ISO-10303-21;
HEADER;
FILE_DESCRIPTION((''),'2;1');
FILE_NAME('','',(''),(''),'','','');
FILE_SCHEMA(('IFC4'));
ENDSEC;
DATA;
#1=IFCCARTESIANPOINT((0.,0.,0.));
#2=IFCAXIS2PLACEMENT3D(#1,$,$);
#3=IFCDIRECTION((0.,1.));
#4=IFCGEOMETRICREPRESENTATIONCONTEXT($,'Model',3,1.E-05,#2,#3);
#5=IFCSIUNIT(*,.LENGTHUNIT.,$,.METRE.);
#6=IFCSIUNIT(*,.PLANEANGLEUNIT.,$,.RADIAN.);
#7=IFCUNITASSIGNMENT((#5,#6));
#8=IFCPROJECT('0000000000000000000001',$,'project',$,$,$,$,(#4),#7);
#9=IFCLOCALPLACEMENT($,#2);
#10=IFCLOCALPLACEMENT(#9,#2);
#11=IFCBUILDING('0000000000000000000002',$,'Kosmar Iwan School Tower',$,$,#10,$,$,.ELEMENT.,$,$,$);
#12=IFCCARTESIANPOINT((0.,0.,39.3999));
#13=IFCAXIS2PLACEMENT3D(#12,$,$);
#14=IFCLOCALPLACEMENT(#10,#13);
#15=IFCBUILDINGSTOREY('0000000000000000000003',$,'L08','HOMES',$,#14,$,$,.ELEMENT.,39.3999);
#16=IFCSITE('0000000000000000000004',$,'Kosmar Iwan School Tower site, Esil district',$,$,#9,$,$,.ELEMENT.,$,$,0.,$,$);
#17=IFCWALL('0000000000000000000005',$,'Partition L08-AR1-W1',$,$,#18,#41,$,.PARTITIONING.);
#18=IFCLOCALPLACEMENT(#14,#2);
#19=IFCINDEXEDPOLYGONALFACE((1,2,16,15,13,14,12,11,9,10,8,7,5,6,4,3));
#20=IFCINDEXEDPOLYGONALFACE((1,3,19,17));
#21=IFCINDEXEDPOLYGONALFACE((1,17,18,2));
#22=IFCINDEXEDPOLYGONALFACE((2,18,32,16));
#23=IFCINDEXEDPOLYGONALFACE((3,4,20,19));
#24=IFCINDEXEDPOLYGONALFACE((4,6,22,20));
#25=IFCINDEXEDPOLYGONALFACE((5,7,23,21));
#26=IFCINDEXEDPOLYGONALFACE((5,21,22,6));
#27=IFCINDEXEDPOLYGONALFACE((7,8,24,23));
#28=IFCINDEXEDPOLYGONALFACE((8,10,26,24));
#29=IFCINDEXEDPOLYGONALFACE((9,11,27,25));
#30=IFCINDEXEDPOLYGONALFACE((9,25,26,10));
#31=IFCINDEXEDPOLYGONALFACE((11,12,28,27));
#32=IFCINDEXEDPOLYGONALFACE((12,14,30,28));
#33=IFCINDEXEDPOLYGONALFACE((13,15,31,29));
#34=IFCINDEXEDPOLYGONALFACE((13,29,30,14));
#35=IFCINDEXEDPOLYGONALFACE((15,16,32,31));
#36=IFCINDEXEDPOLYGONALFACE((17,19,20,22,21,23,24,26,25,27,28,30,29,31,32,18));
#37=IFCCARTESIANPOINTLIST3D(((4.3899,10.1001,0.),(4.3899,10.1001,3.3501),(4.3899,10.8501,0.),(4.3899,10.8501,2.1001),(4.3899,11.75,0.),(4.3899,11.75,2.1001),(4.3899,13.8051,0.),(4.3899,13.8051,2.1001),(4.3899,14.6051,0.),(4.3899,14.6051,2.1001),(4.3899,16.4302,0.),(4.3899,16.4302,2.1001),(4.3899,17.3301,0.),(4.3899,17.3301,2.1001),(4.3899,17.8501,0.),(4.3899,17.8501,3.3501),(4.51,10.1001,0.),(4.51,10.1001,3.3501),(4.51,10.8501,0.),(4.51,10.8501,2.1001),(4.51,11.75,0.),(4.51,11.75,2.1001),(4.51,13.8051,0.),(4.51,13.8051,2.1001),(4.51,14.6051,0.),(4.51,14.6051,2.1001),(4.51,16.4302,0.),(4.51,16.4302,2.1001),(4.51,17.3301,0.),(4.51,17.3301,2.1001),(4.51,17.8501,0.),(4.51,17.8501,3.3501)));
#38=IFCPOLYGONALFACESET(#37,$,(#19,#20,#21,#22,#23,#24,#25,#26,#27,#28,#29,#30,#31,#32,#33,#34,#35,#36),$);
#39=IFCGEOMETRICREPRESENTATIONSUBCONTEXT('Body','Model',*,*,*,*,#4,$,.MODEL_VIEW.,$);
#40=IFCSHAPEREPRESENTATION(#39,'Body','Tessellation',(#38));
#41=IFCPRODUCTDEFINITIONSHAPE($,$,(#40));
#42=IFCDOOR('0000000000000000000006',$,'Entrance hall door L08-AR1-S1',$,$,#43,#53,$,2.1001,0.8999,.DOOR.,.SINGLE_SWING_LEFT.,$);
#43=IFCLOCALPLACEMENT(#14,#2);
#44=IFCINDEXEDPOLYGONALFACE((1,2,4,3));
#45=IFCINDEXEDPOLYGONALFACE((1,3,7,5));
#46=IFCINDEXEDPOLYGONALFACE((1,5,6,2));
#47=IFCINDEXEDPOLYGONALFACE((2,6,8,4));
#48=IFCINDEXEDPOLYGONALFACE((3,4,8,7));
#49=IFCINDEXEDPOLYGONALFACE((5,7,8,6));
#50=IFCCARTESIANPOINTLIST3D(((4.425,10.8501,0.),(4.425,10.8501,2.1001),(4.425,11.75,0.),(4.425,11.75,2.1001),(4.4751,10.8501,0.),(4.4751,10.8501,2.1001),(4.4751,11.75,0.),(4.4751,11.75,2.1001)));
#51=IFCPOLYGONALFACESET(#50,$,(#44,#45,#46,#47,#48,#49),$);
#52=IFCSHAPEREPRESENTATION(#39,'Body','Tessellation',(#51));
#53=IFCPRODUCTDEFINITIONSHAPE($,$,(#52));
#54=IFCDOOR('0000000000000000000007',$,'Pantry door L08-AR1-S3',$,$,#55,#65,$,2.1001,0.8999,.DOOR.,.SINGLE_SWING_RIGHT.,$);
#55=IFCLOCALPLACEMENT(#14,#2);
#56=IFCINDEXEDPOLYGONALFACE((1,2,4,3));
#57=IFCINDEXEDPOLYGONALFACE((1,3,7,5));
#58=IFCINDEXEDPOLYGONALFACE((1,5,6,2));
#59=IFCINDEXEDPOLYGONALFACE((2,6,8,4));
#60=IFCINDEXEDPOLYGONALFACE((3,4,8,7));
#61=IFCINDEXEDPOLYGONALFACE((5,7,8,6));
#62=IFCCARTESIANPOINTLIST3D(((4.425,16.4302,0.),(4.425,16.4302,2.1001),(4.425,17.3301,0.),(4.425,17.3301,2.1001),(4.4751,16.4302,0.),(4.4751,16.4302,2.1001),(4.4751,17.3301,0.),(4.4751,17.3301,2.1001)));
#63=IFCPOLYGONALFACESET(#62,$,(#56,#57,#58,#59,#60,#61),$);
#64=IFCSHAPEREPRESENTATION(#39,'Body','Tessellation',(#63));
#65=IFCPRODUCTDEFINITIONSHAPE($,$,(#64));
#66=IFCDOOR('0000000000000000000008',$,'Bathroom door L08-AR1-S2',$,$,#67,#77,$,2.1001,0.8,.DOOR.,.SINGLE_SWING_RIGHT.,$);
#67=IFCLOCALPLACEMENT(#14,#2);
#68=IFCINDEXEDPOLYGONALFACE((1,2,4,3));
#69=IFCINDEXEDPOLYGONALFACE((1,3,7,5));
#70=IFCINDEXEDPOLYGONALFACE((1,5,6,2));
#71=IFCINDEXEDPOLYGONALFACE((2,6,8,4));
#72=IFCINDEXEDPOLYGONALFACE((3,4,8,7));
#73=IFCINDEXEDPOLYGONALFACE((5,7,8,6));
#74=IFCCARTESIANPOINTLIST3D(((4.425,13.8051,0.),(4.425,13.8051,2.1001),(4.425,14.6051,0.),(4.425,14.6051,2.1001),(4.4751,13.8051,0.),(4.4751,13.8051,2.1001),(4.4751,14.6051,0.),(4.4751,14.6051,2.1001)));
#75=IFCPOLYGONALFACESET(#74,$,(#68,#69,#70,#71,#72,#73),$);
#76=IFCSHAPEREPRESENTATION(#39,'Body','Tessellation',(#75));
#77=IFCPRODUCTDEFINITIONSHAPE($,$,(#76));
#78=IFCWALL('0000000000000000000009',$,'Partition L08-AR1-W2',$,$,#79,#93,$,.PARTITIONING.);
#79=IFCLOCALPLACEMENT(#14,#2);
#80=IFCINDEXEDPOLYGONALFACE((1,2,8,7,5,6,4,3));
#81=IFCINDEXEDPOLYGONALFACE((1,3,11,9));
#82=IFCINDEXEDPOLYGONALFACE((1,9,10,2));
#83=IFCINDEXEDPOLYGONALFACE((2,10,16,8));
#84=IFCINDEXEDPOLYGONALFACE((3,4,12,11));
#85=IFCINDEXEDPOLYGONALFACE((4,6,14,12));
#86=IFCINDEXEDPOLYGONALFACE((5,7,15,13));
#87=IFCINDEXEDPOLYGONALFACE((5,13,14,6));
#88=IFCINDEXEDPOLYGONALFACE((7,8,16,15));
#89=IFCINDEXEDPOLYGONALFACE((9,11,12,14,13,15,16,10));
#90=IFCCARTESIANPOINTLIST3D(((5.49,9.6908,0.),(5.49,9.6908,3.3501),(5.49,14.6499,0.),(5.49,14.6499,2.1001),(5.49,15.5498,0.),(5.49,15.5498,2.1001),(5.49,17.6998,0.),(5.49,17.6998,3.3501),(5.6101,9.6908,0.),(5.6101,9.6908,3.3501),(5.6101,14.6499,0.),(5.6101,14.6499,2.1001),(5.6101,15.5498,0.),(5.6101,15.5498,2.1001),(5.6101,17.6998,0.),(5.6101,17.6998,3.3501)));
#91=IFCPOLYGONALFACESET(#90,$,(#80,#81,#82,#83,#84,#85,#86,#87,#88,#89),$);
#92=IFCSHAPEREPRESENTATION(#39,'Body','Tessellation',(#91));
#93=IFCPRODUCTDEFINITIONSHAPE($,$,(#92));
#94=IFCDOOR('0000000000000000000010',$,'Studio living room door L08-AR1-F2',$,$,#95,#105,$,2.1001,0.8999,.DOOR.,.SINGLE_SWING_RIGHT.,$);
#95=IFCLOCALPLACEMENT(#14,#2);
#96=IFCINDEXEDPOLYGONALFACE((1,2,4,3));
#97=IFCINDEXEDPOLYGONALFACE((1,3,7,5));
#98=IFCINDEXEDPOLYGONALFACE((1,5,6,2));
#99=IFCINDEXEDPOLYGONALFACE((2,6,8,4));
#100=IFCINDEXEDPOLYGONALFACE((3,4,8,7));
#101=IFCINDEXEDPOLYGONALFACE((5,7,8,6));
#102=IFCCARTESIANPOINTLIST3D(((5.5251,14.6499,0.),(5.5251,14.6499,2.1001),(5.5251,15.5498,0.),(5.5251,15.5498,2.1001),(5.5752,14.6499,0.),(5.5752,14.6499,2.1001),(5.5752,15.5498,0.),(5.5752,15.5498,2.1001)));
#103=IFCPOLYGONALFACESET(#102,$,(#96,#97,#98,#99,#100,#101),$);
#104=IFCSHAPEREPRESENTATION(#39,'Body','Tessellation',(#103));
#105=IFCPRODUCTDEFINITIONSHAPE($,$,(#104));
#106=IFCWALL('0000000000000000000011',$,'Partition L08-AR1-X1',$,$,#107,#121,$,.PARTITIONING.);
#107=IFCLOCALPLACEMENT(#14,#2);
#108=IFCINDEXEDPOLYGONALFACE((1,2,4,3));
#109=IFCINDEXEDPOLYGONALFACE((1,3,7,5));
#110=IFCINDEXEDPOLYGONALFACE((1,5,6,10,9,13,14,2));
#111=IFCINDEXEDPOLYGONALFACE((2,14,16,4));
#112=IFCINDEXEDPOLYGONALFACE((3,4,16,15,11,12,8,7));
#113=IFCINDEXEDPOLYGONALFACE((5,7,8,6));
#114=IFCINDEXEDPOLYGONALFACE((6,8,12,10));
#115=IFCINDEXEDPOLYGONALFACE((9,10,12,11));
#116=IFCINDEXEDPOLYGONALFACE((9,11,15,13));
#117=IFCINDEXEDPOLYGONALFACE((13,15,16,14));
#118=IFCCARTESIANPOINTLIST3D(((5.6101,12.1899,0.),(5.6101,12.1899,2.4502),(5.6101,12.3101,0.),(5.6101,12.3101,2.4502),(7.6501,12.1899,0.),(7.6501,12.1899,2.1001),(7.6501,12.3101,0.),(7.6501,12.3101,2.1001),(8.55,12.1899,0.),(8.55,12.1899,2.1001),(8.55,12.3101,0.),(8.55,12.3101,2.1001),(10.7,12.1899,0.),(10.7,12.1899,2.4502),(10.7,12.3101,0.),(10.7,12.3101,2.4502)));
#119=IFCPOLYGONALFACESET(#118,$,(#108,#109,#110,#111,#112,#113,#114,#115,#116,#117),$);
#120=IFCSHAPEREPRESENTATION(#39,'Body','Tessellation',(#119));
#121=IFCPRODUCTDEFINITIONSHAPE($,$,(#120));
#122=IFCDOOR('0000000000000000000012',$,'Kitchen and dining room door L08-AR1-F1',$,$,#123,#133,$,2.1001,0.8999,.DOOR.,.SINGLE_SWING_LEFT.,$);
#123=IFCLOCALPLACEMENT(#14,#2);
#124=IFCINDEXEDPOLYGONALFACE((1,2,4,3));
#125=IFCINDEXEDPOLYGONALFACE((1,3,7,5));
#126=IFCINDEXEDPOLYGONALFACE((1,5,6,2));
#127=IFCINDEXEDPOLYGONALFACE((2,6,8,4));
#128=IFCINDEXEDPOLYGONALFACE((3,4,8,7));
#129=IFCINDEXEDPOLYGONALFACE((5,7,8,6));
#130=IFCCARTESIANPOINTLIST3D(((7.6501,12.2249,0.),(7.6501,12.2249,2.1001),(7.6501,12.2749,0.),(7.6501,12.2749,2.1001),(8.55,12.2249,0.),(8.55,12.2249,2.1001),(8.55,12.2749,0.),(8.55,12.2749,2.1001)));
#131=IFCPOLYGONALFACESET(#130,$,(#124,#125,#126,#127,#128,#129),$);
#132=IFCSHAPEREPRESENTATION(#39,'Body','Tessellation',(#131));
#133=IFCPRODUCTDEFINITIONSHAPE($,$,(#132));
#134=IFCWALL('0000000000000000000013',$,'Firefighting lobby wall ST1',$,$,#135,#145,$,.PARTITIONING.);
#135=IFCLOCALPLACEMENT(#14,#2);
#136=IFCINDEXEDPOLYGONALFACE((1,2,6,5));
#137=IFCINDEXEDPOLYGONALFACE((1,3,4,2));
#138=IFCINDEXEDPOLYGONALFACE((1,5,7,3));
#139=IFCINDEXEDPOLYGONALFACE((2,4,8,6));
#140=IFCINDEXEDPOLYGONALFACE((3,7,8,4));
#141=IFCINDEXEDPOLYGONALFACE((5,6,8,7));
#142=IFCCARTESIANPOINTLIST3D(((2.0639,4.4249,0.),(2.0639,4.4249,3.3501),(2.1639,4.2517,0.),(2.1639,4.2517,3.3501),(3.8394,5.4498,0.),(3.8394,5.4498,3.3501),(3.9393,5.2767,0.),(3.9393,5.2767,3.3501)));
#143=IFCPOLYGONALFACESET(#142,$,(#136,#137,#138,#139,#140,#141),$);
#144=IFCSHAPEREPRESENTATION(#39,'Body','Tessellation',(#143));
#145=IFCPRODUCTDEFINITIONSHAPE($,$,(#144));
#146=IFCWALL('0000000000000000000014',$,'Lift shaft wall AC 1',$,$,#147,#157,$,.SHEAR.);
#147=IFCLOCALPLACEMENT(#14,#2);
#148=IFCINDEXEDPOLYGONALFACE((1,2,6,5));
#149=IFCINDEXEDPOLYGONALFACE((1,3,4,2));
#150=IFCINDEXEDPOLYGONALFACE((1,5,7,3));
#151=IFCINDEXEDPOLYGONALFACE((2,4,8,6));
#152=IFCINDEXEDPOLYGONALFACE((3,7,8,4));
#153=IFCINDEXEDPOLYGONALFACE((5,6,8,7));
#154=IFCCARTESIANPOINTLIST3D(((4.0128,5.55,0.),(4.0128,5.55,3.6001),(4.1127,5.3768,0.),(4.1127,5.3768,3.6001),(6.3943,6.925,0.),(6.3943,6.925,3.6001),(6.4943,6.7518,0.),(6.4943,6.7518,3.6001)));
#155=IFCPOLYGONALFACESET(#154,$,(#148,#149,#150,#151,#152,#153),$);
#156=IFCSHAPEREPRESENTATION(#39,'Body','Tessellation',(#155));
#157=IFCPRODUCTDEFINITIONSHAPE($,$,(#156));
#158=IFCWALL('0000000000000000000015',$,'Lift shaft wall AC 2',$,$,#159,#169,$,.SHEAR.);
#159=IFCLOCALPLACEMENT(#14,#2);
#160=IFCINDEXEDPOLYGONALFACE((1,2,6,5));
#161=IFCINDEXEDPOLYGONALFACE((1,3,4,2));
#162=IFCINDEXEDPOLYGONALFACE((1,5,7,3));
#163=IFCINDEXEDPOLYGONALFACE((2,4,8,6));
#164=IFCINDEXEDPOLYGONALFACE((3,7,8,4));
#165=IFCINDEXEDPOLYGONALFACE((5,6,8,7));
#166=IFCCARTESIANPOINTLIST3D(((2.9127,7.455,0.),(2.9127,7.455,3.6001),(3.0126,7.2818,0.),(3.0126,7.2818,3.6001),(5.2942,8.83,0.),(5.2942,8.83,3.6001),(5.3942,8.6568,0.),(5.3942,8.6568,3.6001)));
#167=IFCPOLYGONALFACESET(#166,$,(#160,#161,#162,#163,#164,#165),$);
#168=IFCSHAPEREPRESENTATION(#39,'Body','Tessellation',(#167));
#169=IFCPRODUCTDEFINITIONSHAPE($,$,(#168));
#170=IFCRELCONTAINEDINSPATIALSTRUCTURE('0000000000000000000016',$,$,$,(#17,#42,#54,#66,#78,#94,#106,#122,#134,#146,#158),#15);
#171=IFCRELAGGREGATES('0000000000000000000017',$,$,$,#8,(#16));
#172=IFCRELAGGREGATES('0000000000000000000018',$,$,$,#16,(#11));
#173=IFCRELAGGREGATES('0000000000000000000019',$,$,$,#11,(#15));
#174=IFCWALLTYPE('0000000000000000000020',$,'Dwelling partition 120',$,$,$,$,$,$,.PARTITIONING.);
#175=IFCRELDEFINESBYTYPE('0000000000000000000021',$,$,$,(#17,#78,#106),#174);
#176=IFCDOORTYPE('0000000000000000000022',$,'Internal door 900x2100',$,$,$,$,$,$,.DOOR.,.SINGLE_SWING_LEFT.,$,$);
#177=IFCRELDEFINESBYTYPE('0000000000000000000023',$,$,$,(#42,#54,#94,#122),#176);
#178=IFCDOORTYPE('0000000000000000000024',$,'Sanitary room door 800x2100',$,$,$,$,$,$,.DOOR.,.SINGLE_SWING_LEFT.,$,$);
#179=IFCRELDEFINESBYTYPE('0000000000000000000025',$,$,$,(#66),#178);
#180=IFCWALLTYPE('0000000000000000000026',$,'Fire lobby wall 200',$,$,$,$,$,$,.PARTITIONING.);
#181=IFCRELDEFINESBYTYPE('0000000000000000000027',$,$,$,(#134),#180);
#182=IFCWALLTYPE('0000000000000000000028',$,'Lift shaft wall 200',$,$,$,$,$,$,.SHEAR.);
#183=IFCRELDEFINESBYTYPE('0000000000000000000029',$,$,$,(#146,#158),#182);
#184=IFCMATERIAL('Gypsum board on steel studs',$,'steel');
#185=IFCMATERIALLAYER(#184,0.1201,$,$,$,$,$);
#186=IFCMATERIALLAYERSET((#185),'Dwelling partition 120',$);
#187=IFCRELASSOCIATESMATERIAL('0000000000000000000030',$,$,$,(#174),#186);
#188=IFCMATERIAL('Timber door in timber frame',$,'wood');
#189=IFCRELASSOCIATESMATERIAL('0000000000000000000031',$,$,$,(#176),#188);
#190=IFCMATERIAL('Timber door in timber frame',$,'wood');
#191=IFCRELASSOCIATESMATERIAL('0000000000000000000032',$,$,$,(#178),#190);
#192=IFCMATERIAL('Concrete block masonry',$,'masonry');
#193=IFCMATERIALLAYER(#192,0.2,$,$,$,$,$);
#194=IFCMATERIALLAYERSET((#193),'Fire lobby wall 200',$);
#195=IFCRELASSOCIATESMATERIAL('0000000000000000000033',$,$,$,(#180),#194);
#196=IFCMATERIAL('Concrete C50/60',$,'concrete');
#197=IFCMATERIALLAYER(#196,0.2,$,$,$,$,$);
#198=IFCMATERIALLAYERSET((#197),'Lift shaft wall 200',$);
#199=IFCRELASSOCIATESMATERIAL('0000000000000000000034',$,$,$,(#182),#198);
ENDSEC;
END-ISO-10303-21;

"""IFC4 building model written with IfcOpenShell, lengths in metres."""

from ifc_helpers import new_model, si_unit, direction, frame, frame_2d, origin, place, context, subcontext, project, spatial, rectangle, extrude, material, layer, layer_set, type_object, element, fill, save


model = new_model("IFC4")

# Units and contexts
model_context = context("Model", 3, precision=1e-05, world=origin(), true_north=direction((0.0, 1.0)))
body_context = subcontext(model_context, "Body", "Model", "MODEL_VIEW")
ifc_project = project(units=[si_unit("LENGTHUNIT", "METRE"), si_unit("PLANEANGLEUNIT", "RADIAN")], contexts=[model_context])

# Site, building, storey
site_placement = place(None, origin())
site = spatial("IfcSite", under=ifc_project, at=site_placement, Name="Kosmar Iwan School Tower site, Esil district", CompositionType="ELEMENT", RefElevation=0.0)
building_placement = place(site_placement, origin())
building = spatial("IfcBuilding", under=site, at=building_placement, Name="Kosmar Iwan School Tower", CompositionType="ELEMENT")
storey_placement = place(building_placement, frame((0.0, 0.0, 39.3999)))
storey = spatial("IfcBuildingStorey", under=building, at=storey_placement, Name="L08", Description="HOMES", CompositionType="ELEMENT", Elevation=39.3999)

# Wall, openings, doors
ifc_material_1 = material(Name="Gypsum board on steel studs", Category="steel")
ifc_layer_1 = layer(ifc_material_1, 0.1201)
ifc_layer_set_1 = layer_set([ifc_layer_1], Name="Dwelling partition 120")
wall_type_1 = type_object("IfcWallType", Name="Dwelling partition 120", PredefinedType="PARTITIONING", material=ifc_layer_set_1)
wall_1_placement = place(storey_placement, frame((4.45, 10.1001, 0.0), z_axis=(0.0, 0.0, 1.0), x_axis=(0.0, 1.0, 0.0)))
wall_1 = element("IfcWall", 1, at=wall_1_placement, inside=storey, type_object=wall_type_1, Name="Partition L08-AR1-W1", PredefinedType="PARTITIONING", context=body_context, shape_type="SweptSolid", body=[
    extrude(rectangle(XDim=7.75, YDim=0.1201, at=frame_2d((3.875, 0.0))), origin(), (0.0, 0.0, 1.0), 3.3501),
])
opening_1_placement = place(wall_1_placement, frame((0.75, 0.0, 0.0)))
opening_1 = element("IfcOpeningElement", 2, at=opening_1_placement, cuts=wall_1, PredefinedType="OPENING", context=body_context, shape_type="SweptSolid", body=[
    extrude(rectangle(XDim=0.8999, YDim=2.1001, at=frame_2d((0.45, 1.05))), frame((0.0, 0.072, 0.0), z_axis=(0.0, -1.0, 0.0), x_axis=(1.0, 0.0, 0.0)), (0.0, 0.0, 1.0), 0.144),
])
opening_2_placement = place(wall_1_placement, frame((3.7051, 0.0, 0.0)))
opening_2 = element("IfcOpeningElement", 3, at=opening_2_placement, cuts=wall_1, PredefinedType="OPENING", context=body_context, shape_type="SweptSolid", body=[
    extrude(rectangle(XDim=0.8, YDim=2.1001, at=frame_2d((0.3999, 1.05))), frame((0.0, 0.072, 0.0), z_axis=(0.0, -1.0, 0.0), x_axis=(1.0, 0.0, 0.0)), (0.0, 0.0, 1.0), 0.144),
])
opening_3_placement = place(wall_1_placement, frame((6.3301, 0.0, 0.0)))
opening_3 = element("IfcOpeningElement", 4, at=opening_3_placement, cuts=wall_1, PredefinedType="OPENING", context=body_context, shape_type="SweptSolid", body=[
    extrude(rectangle(XDim=0.8999, YDim=2.1001, at=frame_2d((0.45, 1.05))), frame((0.0, 0.072, 0.0), z_axis=(0.0, -1.0, 0.0), x_axis=(1.0, 0.0, 0.0)), (0.0, 0.0, 1.0), 0.144),
])
ifc_material_2 = material(Name="Timber door in timber frame", Category="wood")
door_type_1 = type_object("IfcDoorType", Name="Internal door 900x2100", OperationType="SINGLE_SWING_LEFT", PredefinedType="DOOR", material=ifc_material_2)
door_1_placement = place(opening_1_placement, origin())
door_1 = element("IfcDoor", 5, at=door_1_placement, inside=storey, type_object=door_type_1, Name="Entrance hall door L08-AR1-S1", OperationType="SINGLE_SWING_LEFT", OverallHeight=2.1001, OverallWidth=0.8999, PredefinedType="DOOR", context=body_context, shape_type="SweptSolid", body=[
    extrude(rectangle(XDim=0.8999, YDim=2.1001, at=frame_2d((0.45, 1.05))), frame((0.0, 0.0249, 0.0), z_axis=(0.0, -1.0, 0.0), x_axis=(1.0, 0.0, 0.0)), (0.0, 0.0, 1.0), 0.05),
])
fill(opening_1, door_1)
door_2_placement = place(opening_3_placement, origin())
door_2 = element("IfcDoor", 6, at=door_2_placement, inside=storey, type_object=door_type_1, Name="Pantry door L08-AR1-S3", OperationType="SINGLE_SWING_RIGHT", OverallHeight=2.1001, OverallWidth=0.8999, PredefinedType="DOOR", context=body_context, shape_type="SweptSolid", body=[
    extrude(rectangle(XDim=0.8999, YDim=2.1001, at=frame_2d((0.45, 1.05))), frame((0.0, 0.0249, 0.0), z_axis=(0.0, -1.0, 0.0), x_axis=(1.0, 0.0, 0.0)), (0.0, 0.0, 1.0), 0.05),
])
fill(opening_3, door_2)
ifc_material_3 = material(Name="Timber door in timber frame", Category="wood")
door_type_2 = type_object("IfcDoorType", Name="Sanitary room door 800x2100", OperationType="SINGLE_SWING_LEFT", PredefinedType="DOOR", material=ifc_material_3)
door_3_placement = place(opening_2_placement, origin())
door_3 = element("IfcDoor", 7, at=door_3_placement, inside=storey, type_object=door_type_2, Name="Bathroom door L08-AR1-S2", OperationType="SINGLE_SWING_RIGHT", OverallHeight=2.1001, OverallWidth=0.8, PredefinedType="DOOR", context=body_context, shape_type="SweptSolid", body=[
    extrude(rectangle(XDim=0.8, YDim=2.1001, at=frame_2d((0.3999, 1.05))), frame((0.0, 0.0249, 0.0), z_axis=(0.0, -1.0, 0.0), x_axis=(1.0, 0.0, 0.0)), (0.0, 0.0, 1.0), 0.05),
])
fill(opening_2, door_3)

# Walls, openings, doors
wall_2_placement = place(storey_placement, frame((5.55, 9.6909, 0.0), z_axis=(0.0, 0.0, 1.0), x_axis=(0.0, 1.0, 0.0)))
wall_2 = element("IfcWall", 8, at=wall_2_placement, inside=storey, type_object=wall_type_1, Name="Partition L08-AR1-W2", PredefinedType="PARTITIONING", context=body_context, shape_type="SweptSolid", body=[
    extrude(rectangle(XDim=8.009, YDim=0.1201, at=frame_2d((4.0044, 0.0))), origin(), (0.0, 0.0, 1.0), 3.3501),
])
opening_4_placement = place(wall_2_placement, frame((4.959, 0.0, 0.0)))
opening_4 = element("IfcOpeningElement", 9, at=opening_4_placement, cuts=wall_2, PredefinedType="OPENING", context=body_context, shape_type="SweptSolid", body=[
    extrude(rectangle(XDim=0.8999, YDim=2.1001, at=frame_2d((0.45, 1.05))), frame((0.0, 0.072, 0.0), z_axis=(0.0, -1.0, 0.0), x_axis=(1.0, 0.0, 0.0)), (0.0, 0.0, 1.0), 0.144),
])
door_4_placement = place(opening_4_placement, origin())
door_4 = element("IfcDoor", 10, at=door_4_placement, inside=storey, type_object=door_type_1, Name="Studio living room door L08-AR1-F2", OperationType="SINGLE_SWING_RIGHT", OverallHeight=2.1001, OverallWidth=0.8999, PredefinedType="DOOR", context=body_context, shape_type="SweptSolid", body=[
    extrude(rectangle(XDim=0.8999, YDim=2.1001, at=frame_2d((0.45, 1.05))), frame((0.0, 0.0249, 0.0), z_axis=(0.0, -1.0, 0.0), x_axis=(1.0, 0.0, 0.0)), (0.0, 0.0, 1.0), 0.05),
])
fill(opening_4, door_4)
wall_3_placement = place(storey_placement, frame((5.6101, 12.25, 0.0), z_axis=(0.0, 0.0, 1.0), x_axis=(1.0, 0.0, 0.0)))
wall_3 = element("IfcWall", 11, at=wall_3_placement, inside=storey, type_object=wall_type_1, Name="Partition L08-AR1-X1", PredefinedType="PARTITIONING", context=body_context, shape_type="SweptSolid", body=[
    extrude(rectangle(XDim=5.0898, YDim=0.1201, at=frame_2d((2.5449, 0.0))), origin(), (0.0, 0.0, 1.0), 2.4502),
])
opening_5_placement = place(wall_3_placement, frame((2.04, 0.0, 0.0)))
opening_5 = element("IfcOpeningElement", 12, at=opening_5_placement, cuts=wall_3, PredefinedType="OPENING", context=body_context, shape_type="SweptSolid", body=[
    extrude(rectangle(XDim=0.8999, YDim=2.1001, at=frame_2d((0.45, 1.05))), frame((0.0, 0.072, 0.0), z_axis=(0.0, -1.0, 0.0), x_axis=(1.0, 0.0, 0.0)), (0.0, 0.0, 1.0), 0.144),
])
door_5_placement = place(opening_5_placement, origin())
door_5 = element("IfcDoor", 13, at=door_5_placement, inside=storey, type_object=door_type_1, Name="Kitchen and dining room door L08-AR1-F1", OperationType="SINGLE_SWING_LEFT", OverallHeight=2.1001, OverallWidth=0.8999, PredefinedType="DOOR", context=body_context, shape_type="SweptSolid", body=[
    extrude(rectangle(XDim=0.8999, YDim=2.1001, at=frame_2d((0.45, 1.05))), frame((0.0, 0.0249, 0.0), z_axis=(0.0, -1.0, 0.0), x_axis=(1.0, 0.0, 0.0)), (0.0, 0.0, 1.0), 0.05),
])
fill(opening_5, door_5)

# Walls
ifc_material_4 = material(Name="Concrete block masonry", Category="masonry")
ifc_layer_2 = layer(ifc_material_4, 0.2)
ifc_layer_set_2 = layer_set([ifc_layer_2], Name="Fire lobby wall 200")
wall_type_2 = type_object("IfcWallType", Name="Fire lobby wall 200", PredefinedType="PARTITIONING", material=ifc_layer_set_2)
wall_4_placement = place(storey_placement, frame((2.114, 4.3384, 0.0), z_axis=(0.0, 0.0, 1.0), x_axis=(0.866051, 0.499956, 0.0)))
element("IfcWall", 14, at=wall_4_placement, inside=storey, type_object=wall_type_2, Name="Firefighting lobby wall ST1", PredefinedType="PARTITIONING", context=body_context, shape_type="SweptSolid", body=[
    extrude(rectangle(XDim=2.05, YDim=0.2, at=frame_2d((1.0249, 0.0))), origin(), (0.0, 0.0, 1.0), 3.3501),
])
ifc_material_5 = material(Name="Concrete C50/60", Category="concrete")
ifc_layer_3 = layer(ifc_material_5, 0.2)
ifc_layer_set_3 = layer_set([ifc_layer_3], Name="Lift shaft wall 200")
wall_type_3 = type_object("IfcWallType", Name="Lift shaft wall 200", PredefinedType="SHEAR", material=ifc_layer_set_3)
for number, where, z_axis, x_axis, name in (
    (15, (4.0627, 5.4634, 0.0), (0.0, 0.0, 1.0), (0.866027, 0.499997, 0.0), "Lift shaft wall AC 1"),
    (16, (2.9626, 7.3684, 0.0), (0.0, 0.0, 1.0), (0.866027, 0.499997, 0.0), "Lift shaft wall AC 2"),
):
    element("IfcWall", number, at=place(storey_placement, frame(where, z_axis=z_axis, x_axis=x_axis)), inside=storey, type_object=wall_type_3, Name=name, PredefinedType="SHEAR", context=body_context, shape_type="SweptSolid", body=[
        extrude(rectangle(XDim=2.75, YDim=0.2, at=frame_2d((1.375, 0.0))), origin(), (0.0, 0.0, 1.0), 3.6001),
    ])

save(model, "model.ifc")
